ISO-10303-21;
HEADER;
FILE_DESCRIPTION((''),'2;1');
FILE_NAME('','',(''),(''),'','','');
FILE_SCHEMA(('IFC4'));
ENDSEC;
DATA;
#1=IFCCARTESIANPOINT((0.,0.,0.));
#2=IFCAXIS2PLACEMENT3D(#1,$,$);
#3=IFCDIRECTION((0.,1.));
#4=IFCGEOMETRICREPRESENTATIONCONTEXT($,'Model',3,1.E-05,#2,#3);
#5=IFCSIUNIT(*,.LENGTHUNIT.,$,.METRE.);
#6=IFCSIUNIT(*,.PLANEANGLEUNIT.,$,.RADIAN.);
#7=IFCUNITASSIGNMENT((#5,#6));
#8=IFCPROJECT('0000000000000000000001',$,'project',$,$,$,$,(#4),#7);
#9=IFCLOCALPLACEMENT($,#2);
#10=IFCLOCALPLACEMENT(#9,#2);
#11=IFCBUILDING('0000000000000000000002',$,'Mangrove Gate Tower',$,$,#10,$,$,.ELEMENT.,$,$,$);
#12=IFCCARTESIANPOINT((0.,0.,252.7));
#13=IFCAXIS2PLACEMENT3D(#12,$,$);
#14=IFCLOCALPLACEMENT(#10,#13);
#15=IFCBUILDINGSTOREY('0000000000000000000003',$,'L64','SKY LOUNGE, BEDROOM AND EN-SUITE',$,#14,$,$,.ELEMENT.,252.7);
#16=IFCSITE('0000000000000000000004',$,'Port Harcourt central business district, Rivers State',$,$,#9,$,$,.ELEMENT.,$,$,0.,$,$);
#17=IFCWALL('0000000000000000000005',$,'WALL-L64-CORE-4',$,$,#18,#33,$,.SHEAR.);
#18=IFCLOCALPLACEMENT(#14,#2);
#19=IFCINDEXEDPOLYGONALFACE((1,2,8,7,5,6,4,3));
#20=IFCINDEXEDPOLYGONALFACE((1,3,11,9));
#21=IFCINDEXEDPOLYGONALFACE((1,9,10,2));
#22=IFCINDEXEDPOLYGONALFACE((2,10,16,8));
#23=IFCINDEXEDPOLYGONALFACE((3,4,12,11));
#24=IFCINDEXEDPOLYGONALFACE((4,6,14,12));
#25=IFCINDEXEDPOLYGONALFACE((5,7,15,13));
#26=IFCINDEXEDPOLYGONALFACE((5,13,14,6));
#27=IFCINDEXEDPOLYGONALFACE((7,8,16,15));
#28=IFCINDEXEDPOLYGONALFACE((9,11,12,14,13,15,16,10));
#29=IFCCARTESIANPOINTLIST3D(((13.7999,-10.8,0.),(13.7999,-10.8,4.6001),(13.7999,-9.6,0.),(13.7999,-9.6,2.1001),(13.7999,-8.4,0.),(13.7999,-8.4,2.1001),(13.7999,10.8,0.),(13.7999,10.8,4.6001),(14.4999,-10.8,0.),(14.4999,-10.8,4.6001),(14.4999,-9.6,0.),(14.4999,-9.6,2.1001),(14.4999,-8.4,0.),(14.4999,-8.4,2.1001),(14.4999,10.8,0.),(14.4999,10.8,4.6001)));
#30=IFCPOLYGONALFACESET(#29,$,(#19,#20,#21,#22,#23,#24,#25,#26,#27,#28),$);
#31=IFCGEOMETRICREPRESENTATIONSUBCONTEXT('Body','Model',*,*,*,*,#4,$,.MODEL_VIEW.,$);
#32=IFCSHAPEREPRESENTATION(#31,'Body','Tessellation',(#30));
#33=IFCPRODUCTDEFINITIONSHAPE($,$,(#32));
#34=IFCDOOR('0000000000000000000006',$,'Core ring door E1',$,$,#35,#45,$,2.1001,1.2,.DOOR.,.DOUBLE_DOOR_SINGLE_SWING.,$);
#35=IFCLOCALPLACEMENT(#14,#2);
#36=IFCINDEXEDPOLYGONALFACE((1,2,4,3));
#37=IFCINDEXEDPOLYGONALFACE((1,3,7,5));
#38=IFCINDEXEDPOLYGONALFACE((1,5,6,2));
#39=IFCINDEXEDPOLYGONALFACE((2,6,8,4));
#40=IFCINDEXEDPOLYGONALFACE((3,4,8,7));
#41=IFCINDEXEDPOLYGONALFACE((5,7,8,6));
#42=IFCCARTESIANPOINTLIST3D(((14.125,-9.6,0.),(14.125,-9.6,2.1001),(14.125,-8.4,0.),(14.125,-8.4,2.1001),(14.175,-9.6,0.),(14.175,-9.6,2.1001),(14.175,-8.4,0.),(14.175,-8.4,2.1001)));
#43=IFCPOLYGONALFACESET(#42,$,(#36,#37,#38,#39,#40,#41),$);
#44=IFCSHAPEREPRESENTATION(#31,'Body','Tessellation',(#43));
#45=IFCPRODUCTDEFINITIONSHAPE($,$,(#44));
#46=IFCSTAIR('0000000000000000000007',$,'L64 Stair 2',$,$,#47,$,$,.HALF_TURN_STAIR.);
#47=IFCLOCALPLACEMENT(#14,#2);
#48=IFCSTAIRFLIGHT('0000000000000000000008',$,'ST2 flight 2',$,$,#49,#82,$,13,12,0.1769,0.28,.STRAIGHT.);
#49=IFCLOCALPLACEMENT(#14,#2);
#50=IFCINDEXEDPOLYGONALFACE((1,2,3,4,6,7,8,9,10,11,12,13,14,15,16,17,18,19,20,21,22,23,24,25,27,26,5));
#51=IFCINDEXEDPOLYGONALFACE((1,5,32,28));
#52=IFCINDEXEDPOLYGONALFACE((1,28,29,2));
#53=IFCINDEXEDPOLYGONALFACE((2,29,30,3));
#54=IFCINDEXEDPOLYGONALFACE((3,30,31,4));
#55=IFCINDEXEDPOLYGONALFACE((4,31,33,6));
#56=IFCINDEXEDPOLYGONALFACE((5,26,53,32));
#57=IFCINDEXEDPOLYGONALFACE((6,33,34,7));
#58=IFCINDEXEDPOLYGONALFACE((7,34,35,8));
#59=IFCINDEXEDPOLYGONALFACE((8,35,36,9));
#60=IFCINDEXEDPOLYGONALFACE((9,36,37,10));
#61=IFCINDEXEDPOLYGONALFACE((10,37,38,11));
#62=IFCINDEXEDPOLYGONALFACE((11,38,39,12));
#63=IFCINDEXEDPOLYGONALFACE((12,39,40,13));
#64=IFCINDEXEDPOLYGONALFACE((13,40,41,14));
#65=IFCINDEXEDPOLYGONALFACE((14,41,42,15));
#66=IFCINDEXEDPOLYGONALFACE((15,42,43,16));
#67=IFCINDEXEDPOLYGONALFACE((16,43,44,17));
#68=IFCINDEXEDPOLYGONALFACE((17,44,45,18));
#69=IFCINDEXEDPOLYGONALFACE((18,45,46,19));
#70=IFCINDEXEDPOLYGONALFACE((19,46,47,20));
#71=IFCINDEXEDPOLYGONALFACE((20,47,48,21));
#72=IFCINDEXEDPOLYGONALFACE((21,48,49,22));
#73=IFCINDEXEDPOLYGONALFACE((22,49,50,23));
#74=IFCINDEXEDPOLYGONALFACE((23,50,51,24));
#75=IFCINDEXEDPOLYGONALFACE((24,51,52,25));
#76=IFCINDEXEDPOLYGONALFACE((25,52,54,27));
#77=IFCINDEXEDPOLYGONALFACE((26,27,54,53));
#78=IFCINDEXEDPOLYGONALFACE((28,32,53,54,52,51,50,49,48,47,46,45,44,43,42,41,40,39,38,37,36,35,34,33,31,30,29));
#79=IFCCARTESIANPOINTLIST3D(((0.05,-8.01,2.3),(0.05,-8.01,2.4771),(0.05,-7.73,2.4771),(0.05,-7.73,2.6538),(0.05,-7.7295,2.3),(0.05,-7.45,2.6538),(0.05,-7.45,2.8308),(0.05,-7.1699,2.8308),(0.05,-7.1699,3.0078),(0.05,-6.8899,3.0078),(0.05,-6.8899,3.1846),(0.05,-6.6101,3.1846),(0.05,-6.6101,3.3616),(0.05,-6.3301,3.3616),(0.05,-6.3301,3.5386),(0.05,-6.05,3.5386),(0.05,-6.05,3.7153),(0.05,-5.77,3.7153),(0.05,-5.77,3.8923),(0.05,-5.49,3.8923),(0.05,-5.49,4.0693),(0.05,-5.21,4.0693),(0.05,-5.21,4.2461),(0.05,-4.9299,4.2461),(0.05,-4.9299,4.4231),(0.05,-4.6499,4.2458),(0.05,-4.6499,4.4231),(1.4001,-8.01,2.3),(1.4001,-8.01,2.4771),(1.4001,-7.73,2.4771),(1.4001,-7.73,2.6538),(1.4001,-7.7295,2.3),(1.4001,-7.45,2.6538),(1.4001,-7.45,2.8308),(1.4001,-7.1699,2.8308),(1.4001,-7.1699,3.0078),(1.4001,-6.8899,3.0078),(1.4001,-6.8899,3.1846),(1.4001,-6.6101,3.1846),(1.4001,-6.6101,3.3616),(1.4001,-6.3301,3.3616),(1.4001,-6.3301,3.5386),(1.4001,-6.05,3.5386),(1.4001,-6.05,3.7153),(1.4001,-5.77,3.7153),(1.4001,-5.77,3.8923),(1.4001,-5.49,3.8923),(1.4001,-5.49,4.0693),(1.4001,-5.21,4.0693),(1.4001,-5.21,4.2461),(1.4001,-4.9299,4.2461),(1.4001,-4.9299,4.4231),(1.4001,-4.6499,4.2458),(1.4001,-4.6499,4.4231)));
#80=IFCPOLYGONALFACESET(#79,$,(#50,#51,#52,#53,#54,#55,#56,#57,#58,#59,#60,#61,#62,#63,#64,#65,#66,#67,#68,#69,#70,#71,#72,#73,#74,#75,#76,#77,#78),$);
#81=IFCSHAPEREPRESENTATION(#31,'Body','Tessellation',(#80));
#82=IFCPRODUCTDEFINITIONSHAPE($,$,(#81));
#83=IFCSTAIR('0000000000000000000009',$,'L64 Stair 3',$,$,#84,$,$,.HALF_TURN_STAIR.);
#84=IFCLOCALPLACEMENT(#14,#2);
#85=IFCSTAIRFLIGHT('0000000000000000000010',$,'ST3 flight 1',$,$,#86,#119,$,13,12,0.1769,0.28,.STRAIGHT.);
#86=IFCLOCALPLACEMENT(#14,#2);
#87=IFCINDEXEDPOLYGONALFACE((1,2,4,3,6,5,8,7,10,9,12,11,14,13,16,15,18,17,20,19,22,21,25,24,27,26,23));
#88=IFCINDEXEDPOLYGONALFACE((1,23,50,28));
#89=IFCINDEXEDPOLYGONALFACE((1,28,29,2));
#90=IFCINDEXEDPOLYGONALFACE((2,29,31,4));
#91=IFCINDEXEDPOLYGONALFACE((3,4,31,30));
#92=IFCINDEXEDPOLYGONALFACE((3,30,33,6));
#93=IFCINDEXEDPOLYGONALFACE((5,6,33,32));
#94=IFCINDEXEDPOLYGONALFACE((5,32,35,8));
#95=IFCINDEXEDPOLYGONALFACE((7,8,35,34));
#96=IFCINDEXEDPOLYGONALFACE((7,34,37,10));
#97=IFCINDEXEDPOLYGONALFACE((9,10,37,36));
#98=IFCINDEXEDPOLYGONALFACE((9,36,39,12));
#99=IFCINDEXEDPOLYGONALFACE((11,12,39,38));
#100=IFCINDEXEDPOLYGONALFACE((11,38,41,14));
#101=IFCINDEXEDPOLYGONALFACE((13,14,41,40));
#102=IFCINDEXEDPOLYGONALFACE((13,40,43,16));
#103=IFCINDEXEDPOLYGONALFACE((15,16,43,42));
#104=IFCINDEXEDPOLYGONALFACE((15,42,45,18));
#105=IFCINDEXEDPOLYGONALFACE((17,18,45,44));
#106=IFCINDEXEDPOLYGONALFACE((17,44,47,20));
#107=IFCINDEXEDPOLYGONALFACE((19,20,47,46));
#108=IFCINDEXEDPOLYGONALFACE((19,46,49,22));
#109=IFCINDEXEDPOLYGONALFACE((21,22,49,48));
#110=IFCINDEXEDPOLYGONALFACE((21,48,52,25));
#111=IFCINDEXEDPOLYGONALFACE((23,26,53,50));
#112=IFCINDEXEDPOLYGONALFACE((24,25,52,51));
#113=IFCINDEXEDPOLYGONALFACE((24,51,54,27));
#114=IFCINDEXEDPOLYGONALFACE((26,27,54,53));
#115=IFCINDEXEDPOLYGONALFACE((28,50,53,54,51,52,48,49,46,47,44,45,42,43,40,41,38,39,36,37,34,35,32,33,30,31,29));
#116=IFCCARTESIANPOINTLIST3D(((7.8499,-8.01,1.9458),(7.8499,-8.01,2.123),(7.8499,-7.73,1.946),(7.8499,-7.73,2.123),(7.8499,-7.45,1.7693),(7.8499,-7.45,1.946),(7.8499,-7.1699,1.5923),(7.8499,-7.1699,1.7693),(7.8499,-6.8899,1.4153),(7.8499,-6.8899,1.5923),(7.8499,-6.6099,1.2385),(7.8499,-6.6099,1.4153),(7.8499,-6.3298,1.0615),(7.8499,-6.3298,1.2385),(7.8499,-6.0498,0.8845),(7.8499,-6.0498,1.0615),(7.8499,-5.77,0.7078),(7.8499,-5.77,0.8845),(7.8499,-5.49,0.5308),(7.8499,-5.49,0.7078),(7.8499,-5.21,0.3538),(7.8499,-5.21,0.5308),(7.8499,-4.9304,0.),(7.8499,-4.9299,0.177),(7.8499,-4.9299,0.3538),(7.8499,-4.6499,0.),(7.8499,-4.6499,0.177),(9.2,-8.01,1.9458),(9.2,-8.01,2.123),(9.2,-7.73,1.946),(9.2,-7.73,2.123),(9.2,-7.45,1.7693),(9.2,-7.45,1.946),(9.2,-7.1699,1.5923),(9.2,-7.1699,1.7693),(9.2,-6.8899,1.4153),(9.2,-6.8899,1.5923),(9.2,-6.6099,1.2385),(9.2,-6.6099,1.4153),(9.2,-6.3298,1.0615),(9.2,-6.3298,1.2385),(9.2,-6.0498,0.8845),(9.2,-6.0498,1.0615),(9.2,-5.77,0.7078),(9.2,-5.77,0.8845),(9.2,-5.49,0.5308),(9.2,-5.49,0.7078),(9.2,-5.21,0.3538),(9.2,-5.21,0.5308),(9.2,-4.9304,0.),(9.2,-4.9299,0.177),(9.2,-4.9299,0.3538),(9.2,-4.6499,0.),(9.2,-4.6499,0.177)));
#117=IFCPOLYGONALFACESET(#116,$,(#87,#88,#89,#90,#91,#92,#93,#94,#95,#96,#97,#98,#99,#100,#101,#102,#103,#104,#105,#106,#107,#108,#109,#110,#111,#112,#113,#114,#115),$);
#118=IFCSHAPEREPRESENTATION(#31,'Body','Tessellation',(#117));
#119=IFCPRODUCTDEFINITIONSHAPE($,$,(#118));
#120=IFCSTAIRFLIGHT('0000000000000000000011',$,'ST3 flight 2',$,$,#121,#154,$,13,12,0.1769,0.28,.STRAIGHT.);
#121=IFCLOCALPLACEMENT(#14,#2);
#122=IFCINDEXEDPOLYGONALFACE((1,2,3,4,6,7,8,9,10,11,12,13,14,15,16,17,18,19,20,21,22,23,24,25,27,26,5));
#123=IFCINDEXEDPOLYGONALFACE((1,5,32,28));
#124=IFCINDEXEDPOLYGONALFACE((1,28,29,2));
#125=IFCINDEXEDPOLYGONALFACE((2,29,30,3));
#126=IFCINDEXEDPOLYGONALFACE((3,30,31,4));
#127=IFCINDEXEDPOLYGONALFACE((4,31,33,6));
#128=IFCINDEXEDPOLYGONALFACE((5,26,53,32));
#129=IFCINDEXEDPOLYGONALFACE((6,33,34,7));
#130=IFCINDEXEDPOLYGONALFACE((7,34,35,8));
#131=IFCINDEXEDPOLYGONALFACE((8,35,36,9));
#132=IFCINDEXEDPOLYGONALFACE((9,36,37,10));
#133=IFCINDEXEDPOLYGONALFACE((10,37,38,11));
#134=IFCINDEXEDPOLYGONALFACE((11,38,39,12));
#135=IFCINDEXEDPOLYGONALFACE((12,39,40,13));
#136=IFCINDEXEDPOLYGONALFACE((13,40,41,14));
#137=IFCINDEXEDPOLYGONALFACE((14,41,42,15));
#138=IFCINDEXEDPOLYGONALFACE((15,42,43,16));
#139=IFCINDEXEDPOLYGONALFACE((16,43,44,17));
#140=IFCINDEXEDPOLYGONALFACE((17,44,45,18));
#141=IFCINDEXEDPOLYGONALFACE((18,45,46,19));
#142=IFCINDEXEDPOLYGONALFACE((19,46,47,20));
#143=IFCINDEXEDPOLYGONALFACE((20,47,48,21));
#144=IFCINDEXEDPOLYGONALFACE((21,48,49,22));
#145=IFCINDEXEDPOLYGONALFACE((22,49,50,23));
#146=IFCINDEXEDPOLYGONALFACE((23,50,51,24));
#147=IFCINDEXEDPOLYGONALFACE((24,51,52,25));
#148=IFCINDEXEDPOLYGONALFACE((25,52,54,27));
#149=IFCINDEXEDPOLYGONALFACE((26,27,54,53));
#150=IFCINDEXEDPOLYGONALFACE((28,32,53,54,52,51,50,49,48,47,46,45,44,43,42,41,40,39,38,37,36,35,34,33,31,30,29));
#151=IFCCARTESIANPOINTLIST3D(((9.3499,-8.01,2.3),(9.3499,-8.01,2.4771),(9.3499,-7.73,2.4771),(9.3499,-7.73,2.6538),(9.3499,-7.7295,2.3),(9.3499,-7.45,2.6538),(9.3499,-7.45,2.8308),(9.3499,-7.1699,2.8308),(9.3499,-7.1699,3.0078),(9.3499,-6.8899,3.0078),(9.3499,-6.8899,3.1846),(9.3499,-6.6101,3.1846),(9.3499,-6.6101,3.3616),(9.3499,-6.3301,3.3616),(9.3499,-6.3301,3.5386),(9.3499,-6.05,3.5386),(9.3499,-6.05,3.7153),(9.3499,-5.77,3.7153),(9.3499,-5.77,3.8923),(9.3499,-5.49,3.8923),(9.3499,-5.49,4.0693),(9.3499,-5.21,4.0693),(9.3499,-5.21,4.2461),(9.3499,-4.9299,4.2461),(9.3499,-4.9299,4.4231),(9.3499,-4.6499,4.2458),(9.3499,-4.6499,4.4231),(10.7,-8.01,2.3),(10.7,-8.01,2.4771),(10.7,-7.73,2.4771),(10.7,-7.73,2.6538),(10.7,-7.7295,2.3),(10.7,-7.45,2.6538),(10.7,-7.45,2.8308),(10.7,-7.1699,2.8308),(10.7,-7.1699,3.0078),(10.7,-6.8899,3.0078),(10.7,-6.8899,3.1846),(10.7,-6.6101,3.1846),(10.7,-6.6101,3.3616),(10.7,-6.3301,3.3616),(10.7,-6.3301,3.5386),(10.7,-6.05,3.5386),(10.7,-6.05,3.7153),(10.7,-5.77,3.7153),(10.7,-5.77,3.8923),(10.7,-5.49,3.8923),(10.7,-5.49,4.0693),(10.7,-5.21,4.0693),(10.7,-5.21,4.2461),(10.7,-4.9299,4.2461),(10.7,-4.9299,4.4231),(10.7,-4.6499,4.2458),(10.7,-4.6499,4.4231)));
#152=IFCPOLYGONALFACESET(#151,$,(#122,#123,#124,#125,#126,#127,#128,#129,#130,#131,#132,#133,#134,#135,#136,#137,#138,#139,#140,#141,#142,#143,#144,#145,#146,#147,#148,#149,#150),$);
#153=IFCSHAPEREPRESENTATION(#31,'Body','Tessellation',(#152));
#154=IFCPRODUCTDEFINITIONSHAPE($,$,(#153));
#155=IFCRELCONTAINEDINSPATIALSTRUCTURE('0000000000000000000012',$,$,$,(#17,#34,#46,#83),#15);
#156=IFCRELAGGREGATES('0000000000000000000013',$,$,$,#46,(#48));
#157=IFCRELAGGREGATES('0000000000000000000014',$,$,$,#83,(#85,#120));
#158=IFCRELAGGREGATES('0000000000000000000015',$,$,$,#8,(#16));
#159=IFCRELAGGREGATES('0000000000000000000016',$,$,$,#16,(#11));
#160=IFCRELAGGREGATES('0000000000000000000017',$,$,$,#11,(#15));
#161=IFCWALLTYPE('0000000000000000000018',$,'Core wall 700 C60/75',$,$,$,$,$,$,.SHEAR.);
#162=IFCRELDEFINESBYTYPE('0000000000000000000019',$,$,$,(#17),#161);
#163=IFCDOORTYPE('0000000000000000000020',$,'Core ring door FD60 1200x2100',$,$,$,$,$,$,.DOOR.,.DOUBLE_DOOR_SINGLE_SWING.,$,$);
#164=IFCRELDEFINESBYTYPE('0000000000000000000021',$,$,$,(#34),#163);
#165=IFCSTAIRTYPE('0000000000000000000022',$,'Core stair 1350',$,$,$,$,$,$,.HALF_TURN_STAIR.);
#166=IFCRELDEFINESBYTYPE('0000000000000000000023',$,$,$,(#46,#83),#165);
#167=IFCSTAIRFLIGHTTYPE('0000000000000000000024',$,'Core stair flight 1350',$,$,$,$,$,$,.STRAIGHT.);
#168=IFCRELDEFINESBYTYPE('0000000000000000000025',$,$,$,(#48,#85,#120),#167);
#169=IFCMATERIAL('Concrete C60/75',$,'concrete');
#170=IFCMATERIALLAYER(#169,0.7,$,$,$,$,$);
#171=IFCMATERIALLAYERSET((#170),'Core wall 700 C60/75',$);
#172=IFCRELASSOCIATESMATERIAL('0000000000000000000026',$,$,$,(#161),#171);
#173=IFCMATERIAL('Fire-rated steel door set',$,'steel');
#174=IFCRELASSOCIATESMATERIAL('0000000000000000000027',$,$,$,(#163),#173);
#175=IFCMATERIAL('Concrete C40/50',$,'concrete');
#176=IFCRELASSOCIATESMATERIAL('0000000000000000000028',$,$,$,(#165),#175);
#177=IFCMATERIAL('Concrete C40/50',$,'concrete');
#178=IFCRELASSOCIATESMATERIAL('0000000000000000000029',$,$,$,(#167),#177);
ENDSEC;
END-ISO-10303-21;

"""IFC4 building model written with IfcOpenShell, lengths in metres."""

from ifc_helpers import new_model, si_unit, direction, frame, frame_2d, origin, place, context, subcontext, project, spatial, polyline, rectangle, outline, extrude, material, layer, layer_set, type_object, element, fill, aggregate, save


model = new_model("IFC4")

# Units and contexts
model_context = context("Model", 3, precision=1e-05, world=origin(), true_north=direction((0.0, 1.0)))
body_context = subcontext(model_context, "Body", "Model", "MODEL_VIEW")
ifc_project = project(units=[si_unit("LENGTHUNIT", "METRE"), si_unit("PLANEANGLEUNIT", "RADIAN")], contexts=[model_context])

# Site, building, storey
site_placement = place(None, origin())
site = spatial("IfcSite", under=ifc_project, at=site_placement, Name="Port Harcourt central business district, Rivers State", CompositionType="ELEMENT", RefElevation=0.0)
building_placement = place(site_placement, origin())
building = spatial("IfcBuilding", under=site, at=building_placement, Name="Mangrove Gate Tower", CompositionType="ELEMENT")
storey_placement = place(building_placement, frame((0.0, 0.0, 252.7)))
storey = spatial("IfcBuildingStorey", under=building, at=storey_placement, Name="L64", Description="SKY LOUNGE, BEDROOM AND EN-SUITE", CompositionType="ELEMENT", Elevation=252.7)

# Wall, opening, door
ifc_material_1 = material(Name="Concrete C60/75", Category="concrete")
ifc_layer_1 = layer(ifc_material_1, 0.7)
ifc_layer_set_1 = layer_set([ifc_layer_1], Name="Core wall 700 C60/75")
wall_type_1 = type_object("IfcWallType", Name="Core wall 700 C60/75", PredefinedType="SHEAR", material=ifc_layer_set_1)
wall_1_placement = place(storey_placement, frame((14.1499, -10.8, 0.0), z_axis=(0.0, 0.0, 1.0), x_axis=(0.0, 1.0, 0.0)))
wall_1 = element("IfcWall", 1, at=wall_1_placement, inside=storey, type_object=wall_type_1, Name="WALL-L64-CORE-4", PredefinedType="SHEAR", context=body_context, shape_type="SweptSolid", body=[
    extrude(rectangle(XDim=21.6001, YDim=0.7, at=frame_2d((10.8, 0.0))), origin(), (0.0, 0.0, 1.0), 4.6001),
])
opening_1_placement = place(wall_1_placement, frame((1.2, 0.0, 0.0)))
opening_1 = element("IfcOpeningElement", 2, at=opening_1_placement, cuts=wall_1, PredefinedType="OPENING", context=body_context, shape_type="SweptSolid", body=[
    extrude(rectangle(XDim=1.2, YDim=2.1001, at=frame_2d((0.6001, 1.05))), frame((0.0, 0.3599, 0.0), z_axis=(0.0, -1.0, 0.0), x_axis=(1.0, 0.0, 0.0)), (0.0, 0.0, 1.0), 0.72),
])
ifc_material_2 = material(Name="Fire-rated steel door set", Category="steel")
door_type_1 = type_object("IfcDoorType", Name="Core ring door FD60 1200x2100", OperationType="DOUBLE_DOOR_SINGLE_SWING", PredefinedType="DOOR", material=ifc_material_2)
door_1_placement = place(opening_1_placement, origin())
door_1 = element("IfcDoor", 3, at=door_1_placement, inside=storey, type_object=door_type_1, Name="Core ring door E1", OperationType="DOUBLE_DOOR_SINGLE_SWING", OverallHeight=2.1001, OverallWidth=1.2, PredefinedType="DOOR", context=body_context, shape_type="SweptSolid", body=[
    extrude(rectangle(XDim=1.2, YDim=2.1001, at=frame_2d((0.6001, 1.05))), frame((0.0, 0.0249, 0.0), z_axis=(0.0, -1.0, 0.0), x_axis=(1.0, 0.0, 0.0)), (0.0, 0.0, 1.0), 0.05),
])
fill(opening_1, door_1)

# Stair, stair flight
ifc_material_3 = material(Name="Concrete C40/50", Category="concrete")
stair_type = type_object("IfcStairType", Name="Core stair 1350", PredefinedType="HALF_TURN_STAIR", material=ifc_material_3)
stair_1_placement = place(storey_placement, origin())
stair_1 = element("IfcStair", 4, at=stair_1_placement, inside=storey, type_object=stair_type, Name="L64 Stair 2", PredefinedType="HALF_TURN_STAIR")
ifc_material_4 = material(Name="Concrete C40/50", Category="concrete")
stair_flight_type = type_object("IfcStairFlightType", Name="Core stair flight 1350", PredefinedType="STRAIGHT", material=ifc_material_4)
stair_flight_1_placement = place(storey_placement, frame((0.7251, -8.01, 2.3), z_axis=(0.0, 0.0, 1.0), x_axis=(0.0, 1.0, 0.0)))
stair_flight_1 = element("IfcStairFlight", 5, at=stair_flight_1_placement, type_object=stair_flight_type, Name="ST2 flight 2", NumberOfRisers=13, NumberOfTreads=12, PredefinedType="STRAIGHT", RiserHeight=0.1769, TreadLength=0.28, context=body_context, shape_type="SweptSolid", body=[
    extrude(outline(polyline([(0.0, 0.0), (0.0, 0.177), (0.28, 0.177), (0.28, 0.3538), (0.5601, 0.3538), (0.5601, 0.5308), (0.8401, 0.5308), (0.8401, 0.7078), (1.1201, 0.7078), (1.1201, 0.8845), (1.3999, 0.8845), (1.3999, 1.0615), (1.6799, 1.0615), (1.6799, 1.2385), (1.96, 1.2385), (1.96, 1.4153), (2.24, 1.4153), (2.24, 1.5923), (2.52, 1.5923), (2.52, 1.7693), (2.8, 1.7693), (2.8, 1.946), (3.0801, 1.946), (3.0801, 2.123), (3.3601, 2.123), (3.3601, 2.3), (3.3601, 1.9458), (0.2805, 0.0), (0.0, 0.0)])), frame((0.0, 0.675, 0.0), z_axis=(0.0, -1.0, 0.0), x_axis=(1.0, 0.0, 0.0)), (0.0, 0.0, 1.0), 1.3501),
])
aggregate(stair_1, [stair_flight_1])

# Stair, stair flights
stair_2_placement = place(storey_placement, origin())
stair_2 = element("IfcStair", 6, at=stair_2_placement, inside=storey, type_object=stair_type, Name="L64 Stair 3", PredefinedType="HALF_TURN_STAIR")
stair_flight_2_placement = place(storey_placement, frame((8.5249, -4.6499, 0.0), z_axis=(0.0, 0.0, 1.0), x_axis=(0.0, -1.0, 0.0)))
stair_flight_2 = element("IfcStairFlight", 7, at=stair_flight_2_placement, type_object=stair_flight_type, Name="ST3 flight 1", NumberOfRisers=13, NumberOfTreads=12, PredefinedType="STRAIGHT", RiserHeight=0.1769, TreadLength=0.28, context=body_context, shape_type="SweptSolid", body=[
    extrude(outline(polyline([(0.0, 0.0), (0.0, 0.177), (0.28, 0.177), (0.28, 0.3538), (0.5601, 0.3538), (0.5601, 0.5308), (0.8401, 0.5308), (0.8401, 0.7078), (1.1201, 0.7078), (1.1201, 0.8845), (1.3999, 0.8845), (1.3999, 1.0615), (1.6799, 1.0615), (1.6799, 1.2385), (1.96, 1.2385), (1.96, 1.4153), (2.24, 1.4153), (2.24, 1.5923), (2.52, 1.5923), (2.52, 1.7693), (2.8, 1.7693), (2.8, 1.946), (3.0801, 1.946), (3.0801, 2.123), (3.3601, 2.123), (3.3601, 2.3), (3.3601, 1.9458), (0.2805, 0.0), (0.0, 0.0)])), frame((0.0, 0.675, 0.0), z_axis=(0.0, -1.0, 0.0), x_axis=(1.0, 0.0, 0.0)), (0.0, 0.0, 1.0), 1.3501),
])
stair_flight_3_placement = place(storey_placement, frame((10.0249, -8.01, 2.3), z_axis=(0.0, 0.0, 1.0), x_axis=(0.0, 1.0, 0.0)))
stair_flight_3 = element("IfcStairFlight", 8, at=stair_flight_3_placement, type_object=stair_flight_type, Name="ST3 flight 2", NumberOfRisers=13, NumberOfTreads=12, PredefinedType="STRAIGHT", RiserHeight=0.1769, TreadLength=0.28, context=body_context, shape_type="SweptSolid", body=[
    extrude(outline(polyline([(0.0, 0.0), (0.0, 0.177), (0.28, 0.177), (0.28, 0.3538), (0.5601, 0.3538), (0.5601, 0.5308), (0.8401, 0.5308), (0.8401, 0.7078), (1.1201, 0.7078), (1.1201, 0.8845), (1.3999, 0.8845), (1.3999, 1.0615), (1.6799, 1.0615), (1.6799, 1.2385), (1.96, 1.2385), (1.96, 1.4153), (2.24, 1.4153), (2.24, 1.5923), (2.52, 1.5923), (2.52, 1.7693), (2.8, 1.7693), (2.8, 1.946), (3.0801, 1.946), (3.0801, 2.123), (3.3601, 2.123), (3.3601, 2.3), (3.3601, 1.9458), (0.2805, 0.0), (0.0, 0.0)])), frame((0.0, 0.675, 0.0), z_axis=(0.0, -1.0, 0.0), x_axis=(1.0, 0.0, 0.0)), (0.0, 0.0, 1.0), 1.3501),
])
aggregate(stair_2, [stair_flight_2, stair_flight_3])

save(model, "model.ifc")
